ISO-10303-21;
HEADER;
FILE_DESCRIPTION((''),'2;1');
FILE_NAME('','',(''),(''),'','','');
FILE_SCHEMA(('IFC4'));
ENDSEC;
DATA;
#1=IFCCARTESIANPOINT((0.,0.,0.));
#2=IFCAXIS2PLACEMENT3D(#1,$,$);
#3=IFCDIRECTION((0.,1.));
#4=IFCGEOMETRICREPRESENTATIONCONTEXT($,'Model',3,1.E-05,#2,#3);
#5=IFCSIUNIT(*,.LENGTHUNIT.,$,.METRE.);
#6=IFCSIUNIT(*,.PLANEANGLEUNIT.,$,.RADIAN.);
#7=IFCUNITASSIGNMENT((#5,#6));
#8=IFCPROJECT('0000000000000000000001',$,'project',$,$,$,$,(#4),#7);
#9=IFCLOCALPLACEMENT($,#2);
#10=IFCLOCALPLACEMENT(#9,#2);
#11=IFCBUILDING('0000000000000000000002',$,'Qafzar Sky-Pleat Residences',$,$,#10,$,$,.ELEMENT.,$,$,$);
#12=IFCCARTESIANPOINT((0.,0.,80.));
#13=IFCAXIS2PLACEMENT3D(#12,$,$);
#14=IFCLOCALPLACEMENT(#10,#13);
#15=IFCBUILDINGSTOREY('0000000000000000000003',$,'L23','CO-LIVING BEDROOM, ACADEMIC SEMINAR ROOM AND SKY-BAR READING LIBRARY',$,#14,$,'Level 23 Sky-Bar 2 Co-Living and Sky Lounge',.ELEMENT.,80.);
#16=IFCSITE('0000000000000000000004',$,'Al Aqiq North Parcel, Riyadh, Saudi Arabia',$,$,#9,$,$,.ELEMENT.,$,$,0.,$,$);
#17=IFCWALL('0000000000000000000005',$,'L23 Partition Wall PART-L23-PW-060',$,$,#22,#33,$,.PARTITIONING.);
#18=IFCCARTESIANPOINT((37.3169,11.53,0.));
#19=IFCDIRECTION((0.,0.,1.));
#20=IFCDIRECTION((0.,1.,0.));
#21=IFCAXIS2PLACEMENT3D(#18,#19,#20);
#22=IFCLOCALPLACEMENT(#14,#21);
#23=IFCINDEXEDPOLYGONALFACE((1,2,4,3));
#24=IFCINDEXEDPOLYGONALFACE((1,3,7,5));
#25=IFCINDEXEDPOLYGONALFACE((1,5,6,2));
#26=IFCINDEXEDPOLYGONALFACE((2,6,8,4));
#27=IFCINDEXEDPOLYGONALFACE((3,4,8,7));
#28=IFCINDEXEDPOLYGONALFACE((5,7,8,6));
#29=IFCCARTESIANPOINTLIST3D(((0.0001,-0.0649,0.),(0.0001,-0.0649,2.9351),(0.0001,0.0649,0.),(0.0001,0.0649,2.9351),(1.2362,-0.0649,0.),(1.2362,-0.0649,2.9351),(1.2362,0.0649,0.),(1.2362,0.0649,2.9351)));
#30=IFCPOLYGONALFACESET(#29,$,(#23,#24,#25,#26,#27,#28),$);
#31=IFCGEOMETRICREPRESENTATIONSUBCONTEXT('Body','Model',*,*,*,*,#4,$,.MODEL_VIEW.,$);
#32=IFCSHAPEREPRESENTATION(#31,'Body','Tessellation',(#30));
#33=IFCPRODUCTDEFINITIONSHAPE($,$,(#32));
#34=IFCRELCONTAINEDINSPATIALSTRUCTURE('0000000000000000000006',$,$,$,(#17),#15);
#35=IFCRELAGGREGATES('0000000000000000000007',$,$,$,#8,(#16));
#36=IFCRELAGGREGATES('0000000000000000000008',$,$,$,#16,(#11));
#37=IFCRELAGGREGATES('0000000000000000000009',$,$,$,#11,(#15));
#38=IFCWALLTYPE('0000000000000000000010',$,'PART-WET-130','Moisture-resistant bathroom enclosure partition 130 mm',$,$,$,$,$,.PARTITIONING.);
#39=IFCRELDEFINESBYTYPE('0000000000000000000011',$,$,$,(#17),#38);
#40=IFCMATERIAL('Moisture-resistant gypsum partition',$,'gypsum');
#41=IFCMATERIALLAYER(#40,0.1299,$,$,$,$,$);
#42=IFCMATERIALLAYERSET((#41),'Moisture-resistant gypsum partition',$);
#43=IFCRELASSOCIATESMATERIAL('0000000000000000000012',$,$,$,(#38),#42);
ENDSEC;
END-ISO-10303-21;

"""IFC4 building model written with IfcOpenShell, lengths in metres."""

from ifc_helpers import new_model, si_unit, direction, frame, frame_2d, origin, place, context, subcontext, project, spatial, rectangle, extrude, material, layer, layer_set, type_object, element, save


model = new_model("IFC4")

# Units and contexts
model_context = context("Model", 3, precision=1e-05, world=origin(), true_north=direction((0.0, 1.0)))
body_context = subcontext(model_context, "Body", "Model", "MODEL_VIEW")
ifc_project = project(units=[si_unit("LENGTHUNIT", "METRE"), si_unit("PLANEANGLEUNIT", "RADIAN")], contexts=[model_context])

# Site, building, storey
site_placement = place(None, origin())
site = spatial("IfcSite", under=ifc_project, at=site_placement, Name="Al Aqiq North Parcel, Riyadh, Saudi Arabia", CompositionType="ELEMENT", RefElevation=0.0)
building_placement = place(site_placement, origin())
building = spatial("IfcBuilding", under=site, at=building_placement, Name="Qafzar Sky-Pleat Residences", CompositionType="ELEMENT")
storey_placement = place(building_placement, frame((0.0, 0.0, 80.0)))
storey = spatial("IfcBuildingStorey", under=building, at=storey_placement, Name="L23", Description="CO-LIVING BEDROOM, ACADEMIC SEMINAR ROOM AND SKY-BAR READING LIBRARY", LongName="Level 23 Sky-Bar 2 Co-Living and Sky Lounge", CompositionType="ELEMENT", Elevation=80.0)

# Wall
ifc_material_1 = material(Name="Moisture-resistant gypsum partition", Category="gypsum")
ifc_layer_1 = layer(ifc_material_1, 0.1299)
ifc_layer_set_1 = layer_set([ifc_layer_1], Name="Moisture-resistant gypsum partition")
wall_type_1 = type_object("IfcWallType", Name="PART-WET-130", Description="Moisture-resistant bathroom enclosure partition 130 mm", PredefinedType="PARTITIONING", material=ifc_layer_set_1)
wall_1_placement = place(storey_placement, frame((37.3169, 11.53, 0.0), z_axis=(0.0, 0.0, 1.0), x_axis=(0.0, 1.0, 0.0)))
element("IfcWall", 1, at=wall_1_placement, inside=storey, type_object=wall_type_1, Name="L23 Partition Wall PART-L23-PW-060", PredefinedType="PARTITIONING", context=body_context, shape_type="SweptSolid", body=[
    extrude(rectangle(XDim=1.2361, YDim=0.1299, at=frame_2d((0.6182, 0.0))), origin(), (0.0, 0.0, 1.0), 2.9351),
])

save(model, "model.ifc")
